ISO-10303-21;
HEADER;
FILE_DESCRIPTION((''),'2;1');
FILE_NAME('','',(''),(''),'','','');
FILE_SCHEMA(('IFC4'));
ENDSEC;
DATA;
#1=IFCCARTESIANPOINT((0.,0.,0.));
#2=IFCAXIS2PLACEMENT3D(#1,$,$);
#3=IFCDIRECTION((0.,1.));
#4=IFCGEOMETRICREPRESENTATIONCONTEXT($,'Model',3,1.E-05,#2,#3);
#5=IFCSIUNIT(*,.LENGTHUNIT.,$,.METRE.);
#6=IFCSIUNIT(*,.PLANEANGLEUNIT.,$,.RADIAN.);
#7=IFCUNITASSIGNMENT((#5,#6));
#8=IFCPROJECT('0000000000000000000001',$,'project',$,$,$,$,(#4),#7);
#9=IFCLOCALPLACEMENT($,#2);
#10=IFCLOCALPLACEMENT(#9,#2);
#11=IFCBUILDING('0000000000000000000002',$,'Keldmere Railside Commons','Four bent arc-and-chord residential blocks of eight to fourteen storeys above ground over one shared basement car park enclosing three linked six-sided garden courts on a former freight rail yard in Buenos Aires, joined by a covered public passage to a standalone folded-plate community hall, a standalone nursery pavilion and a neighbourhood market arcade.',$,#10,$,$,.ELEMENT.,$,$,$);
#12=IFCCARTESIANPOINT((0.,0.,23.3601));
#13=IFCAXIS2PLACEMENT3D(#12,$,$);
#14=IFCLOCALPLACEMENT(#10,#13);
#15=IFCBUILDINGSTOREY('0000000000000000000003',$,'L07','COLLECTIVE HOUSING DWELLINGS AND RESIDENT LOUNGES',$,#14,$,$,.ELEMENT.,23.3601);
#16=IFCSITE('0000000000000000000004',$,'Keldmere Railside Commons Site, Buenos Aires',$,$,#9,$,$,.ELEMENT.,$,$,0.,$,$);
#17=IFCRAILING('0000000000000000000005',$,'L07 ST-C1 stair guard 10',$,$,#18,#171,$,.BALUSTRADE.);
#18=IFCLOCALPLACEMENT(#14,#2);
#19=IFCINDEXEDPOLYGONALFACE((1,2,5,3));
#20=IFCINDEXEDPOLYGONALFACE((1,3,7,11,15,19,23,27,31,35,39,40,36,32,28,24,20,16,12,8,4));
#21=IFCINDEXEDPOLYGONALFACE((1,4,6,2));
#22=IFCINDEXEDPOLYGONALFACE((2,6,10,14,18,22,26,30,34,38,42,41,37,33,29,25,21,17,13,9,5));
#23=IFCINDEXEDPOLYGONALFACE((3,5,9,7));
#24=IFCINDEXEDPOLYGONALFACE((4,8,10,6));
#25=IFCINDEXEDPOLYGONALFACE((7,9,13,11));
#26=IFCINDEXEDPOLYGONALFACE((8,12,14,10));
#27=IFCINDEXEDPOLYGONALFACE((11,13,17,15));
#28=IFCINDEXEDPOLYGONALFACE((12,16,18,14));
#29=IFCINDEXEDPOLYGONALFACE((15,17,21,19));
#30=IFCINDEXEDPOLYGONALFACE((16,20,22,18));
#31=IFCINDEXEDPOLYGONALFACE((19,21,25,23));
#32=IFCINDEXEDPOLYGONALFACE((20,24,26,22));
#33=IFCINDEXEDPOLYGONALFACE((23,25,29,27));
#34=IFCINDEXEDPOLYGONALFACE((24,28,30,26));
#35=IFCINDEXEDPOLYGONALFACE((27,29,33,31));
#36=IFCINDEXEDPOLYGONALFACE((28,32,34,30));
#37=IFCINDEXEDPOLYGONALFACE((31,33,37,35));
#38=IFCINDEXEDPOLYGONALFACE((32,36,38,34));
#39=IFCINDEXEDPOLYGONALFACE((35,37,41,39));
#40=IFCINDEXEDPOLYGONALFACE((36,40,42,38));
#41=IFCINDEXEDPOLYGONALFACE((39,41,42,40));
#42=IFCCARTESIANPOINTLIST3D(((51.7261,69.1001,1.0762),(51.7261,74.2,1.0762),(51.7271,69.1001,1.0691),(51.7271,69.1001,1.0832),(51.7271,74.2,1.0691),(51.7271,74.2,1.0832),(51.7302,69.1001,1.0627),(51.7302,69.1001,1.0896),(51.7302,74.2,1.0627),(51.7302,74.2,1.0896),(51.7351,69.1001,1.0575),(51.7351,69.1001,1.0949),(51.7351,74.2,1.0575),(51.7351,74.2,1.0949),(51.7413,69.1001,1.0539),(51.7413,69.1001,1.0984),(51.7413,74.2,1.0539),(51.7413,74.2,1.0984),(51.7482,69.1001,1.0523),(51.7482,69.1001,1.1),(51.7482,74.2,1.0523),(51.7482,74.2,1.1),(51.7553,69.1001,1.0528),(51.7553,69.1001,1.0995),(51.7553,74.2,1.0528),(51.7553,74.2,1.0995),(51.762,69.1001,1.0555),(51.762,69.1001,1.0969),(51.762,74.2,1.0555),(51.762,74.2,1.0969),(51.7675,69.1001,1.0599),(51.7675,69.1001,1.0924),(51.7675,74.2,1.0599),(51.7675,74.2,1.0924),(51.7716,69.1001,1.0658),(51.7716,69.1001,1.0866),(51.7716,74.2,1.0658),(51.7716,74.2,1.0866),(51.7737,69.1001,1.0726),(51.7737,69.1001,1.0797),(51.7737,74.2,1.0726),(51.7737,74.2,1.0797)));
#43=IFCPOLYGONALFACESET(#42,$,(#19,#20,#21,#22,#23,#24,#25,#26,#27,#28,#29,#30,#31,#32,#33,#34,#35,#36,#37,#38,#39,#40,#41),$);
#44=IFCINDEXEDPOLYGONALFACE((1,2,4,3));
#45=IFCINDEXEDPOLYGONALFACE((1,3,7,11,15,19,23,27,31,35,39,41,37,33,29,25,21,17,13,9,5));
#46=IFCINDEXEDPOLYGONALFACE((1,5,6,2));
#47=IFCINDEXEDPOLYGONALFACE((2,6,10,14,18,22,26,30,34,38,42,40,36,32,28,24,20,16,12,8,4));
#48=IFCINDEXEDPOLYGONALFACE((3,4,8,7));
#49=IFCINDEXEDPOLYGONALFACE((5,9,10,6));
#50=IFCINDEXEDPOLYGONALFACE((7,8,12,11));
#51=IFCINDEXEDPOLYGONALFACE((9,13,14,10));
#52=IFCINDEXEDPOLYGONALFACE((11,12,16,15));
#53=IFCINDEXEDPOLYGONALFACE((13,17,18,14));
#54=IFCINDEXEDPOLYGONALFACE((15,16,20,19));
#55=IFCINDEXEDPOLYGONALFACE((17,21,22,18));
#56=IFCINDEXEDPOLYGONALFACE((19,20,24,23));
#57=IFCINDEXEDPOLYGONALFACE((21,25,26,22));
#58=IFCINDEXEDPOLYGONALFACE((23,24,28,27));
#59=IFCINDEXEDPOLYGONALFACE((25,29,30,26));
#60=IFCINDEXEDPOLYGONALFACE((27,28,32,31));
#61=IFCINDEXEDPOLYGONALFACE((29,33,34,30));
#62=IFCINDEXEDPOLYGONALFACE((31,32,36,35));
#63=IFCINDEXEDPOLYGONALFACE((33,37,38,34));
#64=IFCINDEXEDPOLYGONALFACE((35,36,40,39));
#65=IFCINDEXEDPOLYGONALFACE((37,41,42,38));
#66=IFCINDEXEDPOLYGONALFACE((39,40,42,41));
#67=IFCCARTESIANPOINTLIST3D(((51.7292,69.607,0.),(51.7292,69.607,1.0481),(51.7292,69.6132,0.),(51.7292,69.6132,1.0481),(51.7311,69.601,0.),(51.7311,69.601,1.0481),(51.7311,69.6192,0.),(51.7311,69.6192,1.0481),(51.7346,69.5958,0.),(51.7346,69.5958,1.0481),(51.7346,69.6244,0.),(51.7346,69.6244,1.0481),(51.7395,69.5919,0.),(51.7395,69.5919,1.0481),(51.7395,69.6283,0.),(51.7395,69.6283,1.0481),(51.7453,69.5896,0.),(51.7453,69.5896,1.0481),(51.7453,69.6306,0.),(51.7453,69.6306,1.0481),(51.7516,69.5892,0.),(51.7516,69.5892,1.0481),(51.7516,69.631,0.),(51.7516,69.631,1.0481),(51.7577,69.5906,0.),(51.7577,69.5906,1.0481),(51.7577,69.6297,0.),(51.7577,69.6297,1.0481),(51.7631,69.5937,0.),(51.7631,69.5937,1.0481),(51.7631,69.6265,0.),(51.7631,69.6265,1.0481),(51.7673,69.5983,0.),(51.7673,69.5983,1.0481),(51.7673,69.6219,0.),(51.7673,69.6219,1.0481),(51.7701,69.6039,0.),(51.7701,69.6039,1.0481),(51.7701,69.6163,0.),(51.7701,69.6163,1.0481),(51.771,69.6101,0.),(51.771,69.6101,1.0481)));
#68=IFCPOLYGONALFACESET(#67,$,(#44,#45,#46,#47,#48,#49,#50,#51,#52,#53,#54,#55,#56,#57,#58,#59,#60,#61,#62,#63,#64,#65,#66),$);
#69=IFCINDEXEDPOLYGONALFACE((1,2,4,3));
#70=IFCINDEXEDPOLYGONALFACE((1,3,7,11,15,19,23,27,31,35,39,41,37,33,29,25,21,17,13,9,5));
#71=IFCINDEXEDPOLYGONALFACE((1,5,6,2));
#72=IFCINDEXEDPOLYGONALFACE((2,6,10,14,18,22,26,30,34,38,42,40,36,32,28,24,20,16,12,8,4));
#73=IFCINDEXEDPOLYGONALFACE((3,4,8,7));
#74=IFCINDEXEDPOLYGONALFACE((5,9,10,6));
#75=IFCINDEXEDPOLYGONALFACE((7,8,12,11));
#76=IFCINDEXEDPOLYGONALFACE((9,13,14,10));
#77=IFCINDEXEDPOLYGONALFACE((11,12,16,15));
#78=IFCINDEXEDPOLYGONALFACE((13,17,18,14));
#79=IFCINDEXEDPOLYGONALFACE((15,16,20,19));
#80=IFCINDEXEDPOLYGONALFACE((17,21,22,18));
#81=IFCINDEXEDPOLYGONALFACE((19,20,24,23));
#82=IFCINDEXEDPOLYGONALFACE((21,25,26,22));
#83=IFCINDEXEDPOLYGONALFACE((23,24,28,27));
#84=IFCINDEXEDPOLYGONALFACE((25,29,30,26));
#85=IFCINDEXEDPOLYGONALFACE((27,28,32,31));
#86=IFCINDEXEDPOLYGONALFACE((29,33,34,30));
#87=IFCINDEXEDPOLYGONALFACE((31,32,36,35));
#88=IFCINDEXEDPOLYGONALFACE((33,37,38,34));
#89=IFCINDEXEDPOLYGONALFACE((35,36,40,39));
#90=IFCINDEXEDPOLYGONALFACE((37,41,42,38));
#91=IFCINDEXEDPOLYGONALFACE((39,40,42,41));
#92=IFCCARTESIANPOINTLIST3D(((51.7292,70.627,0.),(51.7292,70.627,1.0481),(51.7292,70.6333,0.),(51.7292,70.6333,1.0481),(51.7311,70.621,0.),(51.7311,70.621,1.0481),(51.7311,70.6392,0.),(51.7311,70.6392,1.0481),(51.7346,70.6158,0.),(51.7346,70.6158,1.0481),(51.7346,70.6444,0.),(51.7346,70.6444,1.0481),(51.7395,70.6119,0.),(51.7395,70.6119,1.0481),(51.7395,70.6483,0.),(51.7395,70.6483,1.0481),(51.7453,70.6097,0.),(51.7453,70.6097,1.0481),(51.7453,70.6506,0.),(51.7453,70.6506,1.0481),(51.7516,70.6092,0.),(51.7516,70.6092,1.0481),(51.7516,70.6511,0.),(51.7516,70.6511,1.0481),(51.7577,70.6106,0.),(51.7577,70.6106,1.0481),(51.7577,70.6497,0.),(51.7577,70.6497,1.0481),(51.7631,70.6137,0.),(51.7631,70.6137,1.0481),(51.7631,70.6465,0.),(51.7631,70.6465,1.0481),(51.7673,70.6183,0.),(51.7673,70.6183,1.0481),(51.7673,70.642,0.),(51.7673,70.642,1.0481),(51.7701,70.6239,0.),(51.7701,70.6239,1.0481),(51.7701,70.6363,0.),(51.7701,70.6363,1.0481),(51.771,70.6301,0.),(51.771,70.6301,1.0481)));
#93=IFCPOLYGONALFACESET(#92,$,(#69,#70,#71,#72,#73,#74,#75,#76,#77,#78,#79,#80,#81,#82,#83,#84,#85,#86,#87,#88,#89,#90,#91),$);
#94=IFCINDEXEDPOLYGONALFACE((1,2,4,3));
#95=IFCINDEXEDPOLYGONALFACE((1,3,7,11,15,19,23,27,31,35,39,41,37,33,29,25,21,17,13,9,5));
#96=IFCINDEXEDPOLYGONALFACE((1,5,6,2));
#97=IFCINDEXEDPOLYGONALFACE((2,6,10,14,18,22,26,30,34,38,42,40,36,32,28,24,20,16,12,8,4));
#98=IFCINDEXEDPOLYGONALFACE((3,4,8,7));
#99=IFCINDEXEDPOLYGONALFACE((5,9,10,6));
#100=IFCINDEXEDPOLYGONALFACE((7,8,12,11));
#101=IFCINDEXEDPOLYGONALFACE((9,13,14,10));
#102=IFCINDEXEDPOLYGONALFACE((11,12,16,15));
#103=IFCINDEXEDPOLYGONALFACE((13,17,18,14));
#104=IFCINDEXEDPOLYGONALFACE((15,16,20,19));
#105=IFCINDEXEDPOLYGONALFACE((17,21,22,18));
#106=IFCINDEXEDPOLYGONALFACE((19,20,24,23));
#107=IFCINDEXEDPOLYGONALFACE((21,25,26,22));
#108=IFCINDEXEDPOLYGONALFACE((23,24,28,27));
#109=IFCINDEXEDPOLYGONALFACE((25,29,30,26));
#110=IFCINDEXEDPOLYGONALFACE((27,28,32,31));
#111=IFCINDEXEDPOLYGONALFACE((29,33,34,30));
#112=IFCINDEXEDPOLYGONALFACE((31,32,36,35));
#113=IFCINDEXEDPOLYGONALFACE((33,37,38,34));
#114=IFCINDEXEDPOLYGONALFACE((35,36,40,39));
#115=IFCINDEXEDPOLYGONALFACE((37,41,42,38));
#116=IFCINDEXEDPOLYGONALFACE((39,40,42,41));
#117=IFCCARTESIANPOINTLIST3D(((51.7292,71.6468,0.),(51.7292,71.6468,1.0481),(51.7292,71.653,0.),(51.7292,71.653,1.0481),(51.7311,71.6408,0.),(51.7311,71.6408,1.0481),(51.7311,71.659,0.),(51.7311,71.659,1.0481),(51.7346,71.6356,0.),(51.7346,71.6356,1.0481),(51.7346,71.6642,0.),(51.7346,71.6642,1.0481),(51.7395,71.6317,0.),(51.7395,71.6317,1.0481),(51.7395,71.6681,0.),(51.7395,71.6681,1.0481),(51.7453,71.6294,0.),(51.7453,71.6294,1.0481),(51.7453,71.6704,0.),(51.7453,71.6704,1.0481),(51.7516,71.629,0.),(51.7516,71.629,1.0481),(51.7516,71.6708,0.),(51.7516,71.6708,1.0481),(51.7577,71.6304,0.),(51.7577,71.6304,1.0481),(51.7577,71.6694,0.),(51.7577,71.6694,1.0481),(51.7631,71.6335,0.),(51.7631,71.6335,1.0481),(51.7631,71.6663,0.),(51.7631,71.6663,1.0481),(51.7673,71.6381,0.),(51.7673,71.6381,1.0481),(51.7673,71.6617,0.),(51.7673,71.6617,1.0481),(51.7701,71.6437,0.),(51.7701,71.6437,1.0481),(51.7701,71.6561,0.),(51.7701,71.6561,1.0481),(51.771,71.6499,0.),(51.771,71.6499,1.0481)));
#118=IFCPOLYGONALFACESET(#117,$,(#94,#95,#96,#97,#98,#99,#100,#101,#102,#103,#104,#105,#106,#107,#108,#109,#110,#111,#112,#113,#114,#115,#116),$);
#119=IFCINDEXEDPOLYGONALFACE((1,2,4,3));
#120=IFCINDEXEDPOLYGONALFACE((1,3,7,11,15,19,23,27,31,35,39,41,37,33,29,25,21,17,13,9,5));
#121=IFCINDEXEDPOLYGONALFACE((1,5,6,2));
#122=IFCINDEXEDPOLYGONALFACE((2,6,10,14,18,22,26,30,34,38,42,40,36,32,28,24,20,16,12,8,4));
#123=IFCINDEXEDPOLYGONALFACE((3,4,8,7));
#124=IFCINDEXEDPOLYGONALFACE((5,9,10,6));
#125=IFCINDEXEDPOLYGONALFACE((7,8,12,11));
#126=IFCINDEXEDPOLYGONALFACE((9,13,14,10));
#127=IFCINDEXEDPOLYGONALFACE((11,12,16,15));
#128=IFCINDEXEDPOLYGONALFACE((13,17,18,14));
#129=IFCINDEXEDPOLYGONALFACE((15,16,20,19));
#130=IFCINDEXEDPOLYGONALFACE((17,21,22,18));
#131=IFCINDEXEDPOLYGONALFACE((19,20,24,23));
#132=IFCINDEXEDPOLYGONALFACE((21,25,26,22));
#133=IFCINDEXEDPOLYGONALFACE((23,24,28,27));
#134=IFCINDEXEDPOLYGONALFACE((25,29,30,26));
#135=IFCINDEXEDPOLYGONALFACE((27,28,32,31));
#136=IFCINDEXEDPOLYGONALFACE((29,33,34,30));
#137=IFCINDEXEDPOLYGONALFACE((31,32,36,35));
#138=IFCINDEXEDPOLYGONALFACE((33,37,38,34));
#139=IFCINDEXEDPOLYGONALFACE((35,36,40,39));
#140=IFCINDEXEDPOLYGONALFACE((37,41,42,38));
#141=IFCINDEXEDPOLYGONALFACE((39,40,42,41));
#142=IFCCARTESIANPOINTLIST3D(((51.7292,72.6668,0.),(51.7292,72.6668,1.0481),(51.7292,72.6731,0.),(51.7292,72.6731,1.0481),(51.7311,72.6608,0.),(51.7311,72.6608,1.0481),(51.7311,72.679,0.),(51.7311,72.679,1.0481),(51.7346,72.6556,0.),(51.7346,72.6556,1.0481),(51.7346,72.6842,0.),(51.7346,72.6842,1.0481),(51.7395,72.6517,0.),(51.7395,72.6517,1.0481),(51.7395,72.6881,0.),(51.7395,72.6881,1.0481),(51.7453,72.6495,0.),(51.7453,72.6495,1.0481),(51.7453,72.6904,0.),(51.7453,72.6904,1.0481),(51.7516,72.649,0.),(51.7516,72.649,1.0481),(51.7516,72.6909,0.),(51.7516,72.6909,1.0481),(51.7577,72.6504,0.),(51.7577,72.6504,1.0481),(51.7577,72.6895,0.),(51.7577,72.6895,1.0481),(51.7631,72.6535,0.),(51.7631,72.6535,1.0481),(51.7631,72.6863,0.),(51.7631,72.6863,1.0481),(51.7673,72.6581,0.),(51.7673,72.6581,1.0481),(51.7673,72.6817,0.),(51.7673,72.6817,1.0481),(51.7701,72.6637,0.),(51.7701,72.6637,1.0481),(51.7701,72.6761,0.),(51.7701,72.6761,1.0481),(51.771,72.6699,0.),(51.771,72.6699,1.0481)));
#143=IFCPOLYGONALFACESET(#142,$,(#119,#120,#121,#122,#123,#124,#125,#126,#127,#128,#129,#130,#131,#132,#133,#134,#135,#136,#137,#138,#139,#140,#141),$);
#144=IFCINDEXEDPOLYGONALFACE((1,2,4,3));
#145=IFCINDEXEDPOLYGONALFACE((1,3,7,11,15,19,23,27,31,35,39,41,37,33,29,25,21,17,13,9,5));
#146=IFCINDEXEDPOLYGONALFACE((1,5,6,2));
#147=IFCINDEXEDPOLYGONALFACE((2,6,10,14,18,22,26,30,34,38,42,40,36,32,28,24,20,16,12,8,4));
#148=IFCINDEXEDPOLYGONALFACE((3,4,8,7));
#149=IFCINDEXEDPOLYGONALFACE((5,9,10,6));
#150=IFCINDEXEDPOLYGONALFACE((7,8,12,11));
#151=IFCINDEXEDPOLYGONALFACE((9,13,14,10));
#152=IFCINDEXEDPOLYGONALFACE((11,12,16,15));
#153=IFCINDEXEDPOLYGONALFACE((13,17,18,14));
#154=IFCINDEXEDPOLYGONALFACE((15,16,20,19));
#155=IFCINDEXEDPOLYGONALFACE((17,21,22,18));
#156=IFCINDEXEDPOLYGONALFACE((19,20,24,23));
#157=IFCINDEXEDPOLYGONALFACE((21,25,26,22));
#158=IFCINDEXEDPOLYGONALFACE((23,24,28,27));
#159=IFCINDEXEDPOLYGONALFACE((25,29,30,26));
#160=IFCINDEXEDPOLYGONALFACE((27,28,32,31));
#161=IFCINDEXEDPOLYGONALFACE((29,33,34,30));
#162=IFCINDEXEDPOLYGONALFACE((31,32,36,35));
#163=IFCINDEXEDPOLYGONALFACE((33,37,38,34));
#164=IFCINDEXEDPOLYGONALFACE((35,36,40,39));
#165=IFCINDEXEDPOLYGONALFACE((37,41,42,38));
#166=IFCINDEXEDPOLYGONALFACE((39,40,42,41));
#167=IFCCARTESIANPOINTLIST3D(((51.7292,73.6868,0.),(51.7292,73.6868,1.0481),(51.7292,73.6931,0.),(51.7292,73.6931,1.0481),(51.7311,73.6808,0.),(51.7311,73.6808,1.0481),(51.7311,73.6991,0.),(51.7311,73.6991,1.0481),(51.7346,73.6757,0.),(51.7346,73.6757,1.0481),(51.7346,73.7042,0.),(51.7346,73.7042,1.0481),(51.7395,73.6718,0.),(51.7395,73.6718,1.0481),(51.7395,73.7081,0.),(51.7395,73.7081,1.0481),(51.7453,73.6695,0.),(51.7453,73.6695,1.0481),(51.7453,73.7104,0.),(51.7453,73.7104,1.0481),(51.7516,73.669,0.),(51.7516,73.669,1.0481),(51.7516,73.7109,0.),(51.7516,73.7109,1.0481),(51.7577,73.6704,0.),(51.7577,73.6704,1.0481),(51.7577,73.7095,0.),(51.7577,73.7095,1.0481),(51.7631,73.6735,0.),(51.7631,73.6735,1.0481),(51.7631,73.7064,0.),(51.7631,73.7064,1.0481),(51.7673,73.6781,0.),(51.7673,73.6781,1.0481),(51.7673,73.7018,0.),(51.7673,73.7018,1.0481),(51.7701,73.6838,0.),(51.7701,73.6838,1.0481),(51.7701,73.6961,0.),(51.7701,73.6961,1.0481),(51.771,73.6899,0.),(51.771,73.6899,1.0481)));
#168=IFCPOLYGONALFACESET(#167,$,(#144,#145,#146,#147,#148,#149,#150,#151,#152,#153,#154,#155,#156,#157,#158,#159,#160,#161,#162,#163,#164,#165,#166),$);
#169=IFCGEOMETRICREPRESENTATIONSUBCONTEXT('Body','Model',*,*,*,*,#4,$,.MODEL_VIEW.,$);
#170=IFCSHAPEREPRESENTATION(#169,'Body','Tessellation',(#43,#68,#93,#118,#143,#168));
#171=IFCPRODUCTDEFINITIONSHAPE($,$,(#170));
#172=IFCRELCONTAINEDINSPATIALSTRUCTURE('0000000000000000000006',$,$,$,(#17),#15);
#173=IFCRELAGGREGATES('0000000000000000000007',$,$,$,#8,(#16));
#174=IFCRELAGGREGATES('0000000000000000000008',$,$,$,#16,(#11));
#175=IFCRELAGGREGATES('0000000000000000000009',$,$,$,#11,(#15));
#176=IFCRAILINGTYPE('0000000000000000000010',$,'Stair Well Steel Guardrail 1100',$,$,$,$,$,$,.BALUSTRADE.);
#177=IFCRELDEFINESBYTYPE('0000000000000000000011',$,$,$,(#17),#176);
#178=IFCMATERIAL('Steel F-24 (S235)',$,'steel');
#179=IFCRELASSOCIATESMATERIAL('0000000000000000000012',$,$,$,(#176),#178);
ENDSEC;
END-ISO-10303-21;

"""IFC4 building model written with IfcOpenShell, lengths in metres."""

from ifc_helpers import new_model, si_unit, direction, frame, origin, origin_2d, place, context, subcontext, project, spatial, circle, extrude, material, type_object, element, save


model = new_model("IFC4")

# Units and contexts
model_context = context("Model", 3, precision=1e-05, world=origin(), true_north=direction((0.0, 1.0)))
body_context = subcontext(model_context, "Body", "Model", "MODEL_VIEW")
ifc_project = project(units=[si_unit("LENGTHUNIT", "METRE"), si_unit("PLANEANGLEUNIT", "RADIAN")], contexts=[model_context])

# Site, building, storey
site_placement = place(None, origin())
site = spatial("IfcSite", under=ifc_project, at=site_placement, Name="Keldmere Railside Commons Site, Buenos Aires", CompositionType="ELEMENT", RefElevation=0.0)
building_placement = place(site_placement, origin())
building = spatial("IfcBuilding", under=site, at=building_placement, Name="Keldmere Railside Commons", Description="Four bent arc-and-chord residential blocks of eight to fourteen storeys above ground over one shared basement car park enclosing three linked six-sided garden courts on a former freight rail yard in Buenos Aires, joined by a covered public passage to a standalone folded-plate community hall, a standalone nursery pavilion and a neighbourhood market arcade.", CompositionType="ELEMENT")
storey_placement = place(building_placement, frame((0.0, 0.0, 23.3601)))
storey = spatial("IfcBuildingStorey", under=building, at=storey_placement, Name="L07", Description="COLLECTIVE HOUSING DWELLINGS AND RESIDENT LOUNGES", CompositionType="ELEMENT", Elevation=23.3601)

# Railing
ifc_material_1 = material(Name="Steel F-24 (S235)", Category="steel")
railing_type_1 = type_object("IfcRailingType", Name="Stair Well Steel Guardrail 1100", PredefinedType="BALUSTRADE", material=ifc_material_1)
railing_1_placement = place(storey_placement, frame((51.75, 69.1001, 0.0)))
element("IfcRailing", 1, at=railing_1_placement, inside=storey, type_object=railing_type_1, Name="L07 ST-C1 stair guard 10", PredefinedType="BALUSTRADE", context=body_context, shape_type="SweptSolid", body=[
    extrude(circle(Radius=0.0239, at=origin_2d()), frame((0.0, 0.0, 1.0762), z_axis=(0.0, 1.0, 0.0), x_axis=(-1.0, 0.0, 0.0)), (0.0, 0.0, 1.0), 5.0999),
    extrude(circle(Radius=0.021, at=origin_2d()), frame((0.0, 0.51, 0.0)), (0.0, 0.0, 1.0), 1.0481),
    extrude(circle(Radius=0.021, at=origin_2d()), frame((0.0, 1.53, 0.0)), (0.0, 0.0, 1.0), 1.0481),
    extrude(circle(Radius=0.021, at=origin_2d()), frame((0.0, 2.5498, 0.0)), (0.0, 0.0, 1.0), 1.0481),
    extrude(circle(Radius=0.021, at=origin_2d()), frame((0.0, 3.5698, 0.0)), (0.0, 0.0, 1.0), 1.0481),
    extrude(circle(Radius=0.021, at=origin_2d()), frame((0.0, 4.5898, 0.0)), (0.0, 0.0, 1.0), 1.0481),
])

save(model, "model.ifc")
